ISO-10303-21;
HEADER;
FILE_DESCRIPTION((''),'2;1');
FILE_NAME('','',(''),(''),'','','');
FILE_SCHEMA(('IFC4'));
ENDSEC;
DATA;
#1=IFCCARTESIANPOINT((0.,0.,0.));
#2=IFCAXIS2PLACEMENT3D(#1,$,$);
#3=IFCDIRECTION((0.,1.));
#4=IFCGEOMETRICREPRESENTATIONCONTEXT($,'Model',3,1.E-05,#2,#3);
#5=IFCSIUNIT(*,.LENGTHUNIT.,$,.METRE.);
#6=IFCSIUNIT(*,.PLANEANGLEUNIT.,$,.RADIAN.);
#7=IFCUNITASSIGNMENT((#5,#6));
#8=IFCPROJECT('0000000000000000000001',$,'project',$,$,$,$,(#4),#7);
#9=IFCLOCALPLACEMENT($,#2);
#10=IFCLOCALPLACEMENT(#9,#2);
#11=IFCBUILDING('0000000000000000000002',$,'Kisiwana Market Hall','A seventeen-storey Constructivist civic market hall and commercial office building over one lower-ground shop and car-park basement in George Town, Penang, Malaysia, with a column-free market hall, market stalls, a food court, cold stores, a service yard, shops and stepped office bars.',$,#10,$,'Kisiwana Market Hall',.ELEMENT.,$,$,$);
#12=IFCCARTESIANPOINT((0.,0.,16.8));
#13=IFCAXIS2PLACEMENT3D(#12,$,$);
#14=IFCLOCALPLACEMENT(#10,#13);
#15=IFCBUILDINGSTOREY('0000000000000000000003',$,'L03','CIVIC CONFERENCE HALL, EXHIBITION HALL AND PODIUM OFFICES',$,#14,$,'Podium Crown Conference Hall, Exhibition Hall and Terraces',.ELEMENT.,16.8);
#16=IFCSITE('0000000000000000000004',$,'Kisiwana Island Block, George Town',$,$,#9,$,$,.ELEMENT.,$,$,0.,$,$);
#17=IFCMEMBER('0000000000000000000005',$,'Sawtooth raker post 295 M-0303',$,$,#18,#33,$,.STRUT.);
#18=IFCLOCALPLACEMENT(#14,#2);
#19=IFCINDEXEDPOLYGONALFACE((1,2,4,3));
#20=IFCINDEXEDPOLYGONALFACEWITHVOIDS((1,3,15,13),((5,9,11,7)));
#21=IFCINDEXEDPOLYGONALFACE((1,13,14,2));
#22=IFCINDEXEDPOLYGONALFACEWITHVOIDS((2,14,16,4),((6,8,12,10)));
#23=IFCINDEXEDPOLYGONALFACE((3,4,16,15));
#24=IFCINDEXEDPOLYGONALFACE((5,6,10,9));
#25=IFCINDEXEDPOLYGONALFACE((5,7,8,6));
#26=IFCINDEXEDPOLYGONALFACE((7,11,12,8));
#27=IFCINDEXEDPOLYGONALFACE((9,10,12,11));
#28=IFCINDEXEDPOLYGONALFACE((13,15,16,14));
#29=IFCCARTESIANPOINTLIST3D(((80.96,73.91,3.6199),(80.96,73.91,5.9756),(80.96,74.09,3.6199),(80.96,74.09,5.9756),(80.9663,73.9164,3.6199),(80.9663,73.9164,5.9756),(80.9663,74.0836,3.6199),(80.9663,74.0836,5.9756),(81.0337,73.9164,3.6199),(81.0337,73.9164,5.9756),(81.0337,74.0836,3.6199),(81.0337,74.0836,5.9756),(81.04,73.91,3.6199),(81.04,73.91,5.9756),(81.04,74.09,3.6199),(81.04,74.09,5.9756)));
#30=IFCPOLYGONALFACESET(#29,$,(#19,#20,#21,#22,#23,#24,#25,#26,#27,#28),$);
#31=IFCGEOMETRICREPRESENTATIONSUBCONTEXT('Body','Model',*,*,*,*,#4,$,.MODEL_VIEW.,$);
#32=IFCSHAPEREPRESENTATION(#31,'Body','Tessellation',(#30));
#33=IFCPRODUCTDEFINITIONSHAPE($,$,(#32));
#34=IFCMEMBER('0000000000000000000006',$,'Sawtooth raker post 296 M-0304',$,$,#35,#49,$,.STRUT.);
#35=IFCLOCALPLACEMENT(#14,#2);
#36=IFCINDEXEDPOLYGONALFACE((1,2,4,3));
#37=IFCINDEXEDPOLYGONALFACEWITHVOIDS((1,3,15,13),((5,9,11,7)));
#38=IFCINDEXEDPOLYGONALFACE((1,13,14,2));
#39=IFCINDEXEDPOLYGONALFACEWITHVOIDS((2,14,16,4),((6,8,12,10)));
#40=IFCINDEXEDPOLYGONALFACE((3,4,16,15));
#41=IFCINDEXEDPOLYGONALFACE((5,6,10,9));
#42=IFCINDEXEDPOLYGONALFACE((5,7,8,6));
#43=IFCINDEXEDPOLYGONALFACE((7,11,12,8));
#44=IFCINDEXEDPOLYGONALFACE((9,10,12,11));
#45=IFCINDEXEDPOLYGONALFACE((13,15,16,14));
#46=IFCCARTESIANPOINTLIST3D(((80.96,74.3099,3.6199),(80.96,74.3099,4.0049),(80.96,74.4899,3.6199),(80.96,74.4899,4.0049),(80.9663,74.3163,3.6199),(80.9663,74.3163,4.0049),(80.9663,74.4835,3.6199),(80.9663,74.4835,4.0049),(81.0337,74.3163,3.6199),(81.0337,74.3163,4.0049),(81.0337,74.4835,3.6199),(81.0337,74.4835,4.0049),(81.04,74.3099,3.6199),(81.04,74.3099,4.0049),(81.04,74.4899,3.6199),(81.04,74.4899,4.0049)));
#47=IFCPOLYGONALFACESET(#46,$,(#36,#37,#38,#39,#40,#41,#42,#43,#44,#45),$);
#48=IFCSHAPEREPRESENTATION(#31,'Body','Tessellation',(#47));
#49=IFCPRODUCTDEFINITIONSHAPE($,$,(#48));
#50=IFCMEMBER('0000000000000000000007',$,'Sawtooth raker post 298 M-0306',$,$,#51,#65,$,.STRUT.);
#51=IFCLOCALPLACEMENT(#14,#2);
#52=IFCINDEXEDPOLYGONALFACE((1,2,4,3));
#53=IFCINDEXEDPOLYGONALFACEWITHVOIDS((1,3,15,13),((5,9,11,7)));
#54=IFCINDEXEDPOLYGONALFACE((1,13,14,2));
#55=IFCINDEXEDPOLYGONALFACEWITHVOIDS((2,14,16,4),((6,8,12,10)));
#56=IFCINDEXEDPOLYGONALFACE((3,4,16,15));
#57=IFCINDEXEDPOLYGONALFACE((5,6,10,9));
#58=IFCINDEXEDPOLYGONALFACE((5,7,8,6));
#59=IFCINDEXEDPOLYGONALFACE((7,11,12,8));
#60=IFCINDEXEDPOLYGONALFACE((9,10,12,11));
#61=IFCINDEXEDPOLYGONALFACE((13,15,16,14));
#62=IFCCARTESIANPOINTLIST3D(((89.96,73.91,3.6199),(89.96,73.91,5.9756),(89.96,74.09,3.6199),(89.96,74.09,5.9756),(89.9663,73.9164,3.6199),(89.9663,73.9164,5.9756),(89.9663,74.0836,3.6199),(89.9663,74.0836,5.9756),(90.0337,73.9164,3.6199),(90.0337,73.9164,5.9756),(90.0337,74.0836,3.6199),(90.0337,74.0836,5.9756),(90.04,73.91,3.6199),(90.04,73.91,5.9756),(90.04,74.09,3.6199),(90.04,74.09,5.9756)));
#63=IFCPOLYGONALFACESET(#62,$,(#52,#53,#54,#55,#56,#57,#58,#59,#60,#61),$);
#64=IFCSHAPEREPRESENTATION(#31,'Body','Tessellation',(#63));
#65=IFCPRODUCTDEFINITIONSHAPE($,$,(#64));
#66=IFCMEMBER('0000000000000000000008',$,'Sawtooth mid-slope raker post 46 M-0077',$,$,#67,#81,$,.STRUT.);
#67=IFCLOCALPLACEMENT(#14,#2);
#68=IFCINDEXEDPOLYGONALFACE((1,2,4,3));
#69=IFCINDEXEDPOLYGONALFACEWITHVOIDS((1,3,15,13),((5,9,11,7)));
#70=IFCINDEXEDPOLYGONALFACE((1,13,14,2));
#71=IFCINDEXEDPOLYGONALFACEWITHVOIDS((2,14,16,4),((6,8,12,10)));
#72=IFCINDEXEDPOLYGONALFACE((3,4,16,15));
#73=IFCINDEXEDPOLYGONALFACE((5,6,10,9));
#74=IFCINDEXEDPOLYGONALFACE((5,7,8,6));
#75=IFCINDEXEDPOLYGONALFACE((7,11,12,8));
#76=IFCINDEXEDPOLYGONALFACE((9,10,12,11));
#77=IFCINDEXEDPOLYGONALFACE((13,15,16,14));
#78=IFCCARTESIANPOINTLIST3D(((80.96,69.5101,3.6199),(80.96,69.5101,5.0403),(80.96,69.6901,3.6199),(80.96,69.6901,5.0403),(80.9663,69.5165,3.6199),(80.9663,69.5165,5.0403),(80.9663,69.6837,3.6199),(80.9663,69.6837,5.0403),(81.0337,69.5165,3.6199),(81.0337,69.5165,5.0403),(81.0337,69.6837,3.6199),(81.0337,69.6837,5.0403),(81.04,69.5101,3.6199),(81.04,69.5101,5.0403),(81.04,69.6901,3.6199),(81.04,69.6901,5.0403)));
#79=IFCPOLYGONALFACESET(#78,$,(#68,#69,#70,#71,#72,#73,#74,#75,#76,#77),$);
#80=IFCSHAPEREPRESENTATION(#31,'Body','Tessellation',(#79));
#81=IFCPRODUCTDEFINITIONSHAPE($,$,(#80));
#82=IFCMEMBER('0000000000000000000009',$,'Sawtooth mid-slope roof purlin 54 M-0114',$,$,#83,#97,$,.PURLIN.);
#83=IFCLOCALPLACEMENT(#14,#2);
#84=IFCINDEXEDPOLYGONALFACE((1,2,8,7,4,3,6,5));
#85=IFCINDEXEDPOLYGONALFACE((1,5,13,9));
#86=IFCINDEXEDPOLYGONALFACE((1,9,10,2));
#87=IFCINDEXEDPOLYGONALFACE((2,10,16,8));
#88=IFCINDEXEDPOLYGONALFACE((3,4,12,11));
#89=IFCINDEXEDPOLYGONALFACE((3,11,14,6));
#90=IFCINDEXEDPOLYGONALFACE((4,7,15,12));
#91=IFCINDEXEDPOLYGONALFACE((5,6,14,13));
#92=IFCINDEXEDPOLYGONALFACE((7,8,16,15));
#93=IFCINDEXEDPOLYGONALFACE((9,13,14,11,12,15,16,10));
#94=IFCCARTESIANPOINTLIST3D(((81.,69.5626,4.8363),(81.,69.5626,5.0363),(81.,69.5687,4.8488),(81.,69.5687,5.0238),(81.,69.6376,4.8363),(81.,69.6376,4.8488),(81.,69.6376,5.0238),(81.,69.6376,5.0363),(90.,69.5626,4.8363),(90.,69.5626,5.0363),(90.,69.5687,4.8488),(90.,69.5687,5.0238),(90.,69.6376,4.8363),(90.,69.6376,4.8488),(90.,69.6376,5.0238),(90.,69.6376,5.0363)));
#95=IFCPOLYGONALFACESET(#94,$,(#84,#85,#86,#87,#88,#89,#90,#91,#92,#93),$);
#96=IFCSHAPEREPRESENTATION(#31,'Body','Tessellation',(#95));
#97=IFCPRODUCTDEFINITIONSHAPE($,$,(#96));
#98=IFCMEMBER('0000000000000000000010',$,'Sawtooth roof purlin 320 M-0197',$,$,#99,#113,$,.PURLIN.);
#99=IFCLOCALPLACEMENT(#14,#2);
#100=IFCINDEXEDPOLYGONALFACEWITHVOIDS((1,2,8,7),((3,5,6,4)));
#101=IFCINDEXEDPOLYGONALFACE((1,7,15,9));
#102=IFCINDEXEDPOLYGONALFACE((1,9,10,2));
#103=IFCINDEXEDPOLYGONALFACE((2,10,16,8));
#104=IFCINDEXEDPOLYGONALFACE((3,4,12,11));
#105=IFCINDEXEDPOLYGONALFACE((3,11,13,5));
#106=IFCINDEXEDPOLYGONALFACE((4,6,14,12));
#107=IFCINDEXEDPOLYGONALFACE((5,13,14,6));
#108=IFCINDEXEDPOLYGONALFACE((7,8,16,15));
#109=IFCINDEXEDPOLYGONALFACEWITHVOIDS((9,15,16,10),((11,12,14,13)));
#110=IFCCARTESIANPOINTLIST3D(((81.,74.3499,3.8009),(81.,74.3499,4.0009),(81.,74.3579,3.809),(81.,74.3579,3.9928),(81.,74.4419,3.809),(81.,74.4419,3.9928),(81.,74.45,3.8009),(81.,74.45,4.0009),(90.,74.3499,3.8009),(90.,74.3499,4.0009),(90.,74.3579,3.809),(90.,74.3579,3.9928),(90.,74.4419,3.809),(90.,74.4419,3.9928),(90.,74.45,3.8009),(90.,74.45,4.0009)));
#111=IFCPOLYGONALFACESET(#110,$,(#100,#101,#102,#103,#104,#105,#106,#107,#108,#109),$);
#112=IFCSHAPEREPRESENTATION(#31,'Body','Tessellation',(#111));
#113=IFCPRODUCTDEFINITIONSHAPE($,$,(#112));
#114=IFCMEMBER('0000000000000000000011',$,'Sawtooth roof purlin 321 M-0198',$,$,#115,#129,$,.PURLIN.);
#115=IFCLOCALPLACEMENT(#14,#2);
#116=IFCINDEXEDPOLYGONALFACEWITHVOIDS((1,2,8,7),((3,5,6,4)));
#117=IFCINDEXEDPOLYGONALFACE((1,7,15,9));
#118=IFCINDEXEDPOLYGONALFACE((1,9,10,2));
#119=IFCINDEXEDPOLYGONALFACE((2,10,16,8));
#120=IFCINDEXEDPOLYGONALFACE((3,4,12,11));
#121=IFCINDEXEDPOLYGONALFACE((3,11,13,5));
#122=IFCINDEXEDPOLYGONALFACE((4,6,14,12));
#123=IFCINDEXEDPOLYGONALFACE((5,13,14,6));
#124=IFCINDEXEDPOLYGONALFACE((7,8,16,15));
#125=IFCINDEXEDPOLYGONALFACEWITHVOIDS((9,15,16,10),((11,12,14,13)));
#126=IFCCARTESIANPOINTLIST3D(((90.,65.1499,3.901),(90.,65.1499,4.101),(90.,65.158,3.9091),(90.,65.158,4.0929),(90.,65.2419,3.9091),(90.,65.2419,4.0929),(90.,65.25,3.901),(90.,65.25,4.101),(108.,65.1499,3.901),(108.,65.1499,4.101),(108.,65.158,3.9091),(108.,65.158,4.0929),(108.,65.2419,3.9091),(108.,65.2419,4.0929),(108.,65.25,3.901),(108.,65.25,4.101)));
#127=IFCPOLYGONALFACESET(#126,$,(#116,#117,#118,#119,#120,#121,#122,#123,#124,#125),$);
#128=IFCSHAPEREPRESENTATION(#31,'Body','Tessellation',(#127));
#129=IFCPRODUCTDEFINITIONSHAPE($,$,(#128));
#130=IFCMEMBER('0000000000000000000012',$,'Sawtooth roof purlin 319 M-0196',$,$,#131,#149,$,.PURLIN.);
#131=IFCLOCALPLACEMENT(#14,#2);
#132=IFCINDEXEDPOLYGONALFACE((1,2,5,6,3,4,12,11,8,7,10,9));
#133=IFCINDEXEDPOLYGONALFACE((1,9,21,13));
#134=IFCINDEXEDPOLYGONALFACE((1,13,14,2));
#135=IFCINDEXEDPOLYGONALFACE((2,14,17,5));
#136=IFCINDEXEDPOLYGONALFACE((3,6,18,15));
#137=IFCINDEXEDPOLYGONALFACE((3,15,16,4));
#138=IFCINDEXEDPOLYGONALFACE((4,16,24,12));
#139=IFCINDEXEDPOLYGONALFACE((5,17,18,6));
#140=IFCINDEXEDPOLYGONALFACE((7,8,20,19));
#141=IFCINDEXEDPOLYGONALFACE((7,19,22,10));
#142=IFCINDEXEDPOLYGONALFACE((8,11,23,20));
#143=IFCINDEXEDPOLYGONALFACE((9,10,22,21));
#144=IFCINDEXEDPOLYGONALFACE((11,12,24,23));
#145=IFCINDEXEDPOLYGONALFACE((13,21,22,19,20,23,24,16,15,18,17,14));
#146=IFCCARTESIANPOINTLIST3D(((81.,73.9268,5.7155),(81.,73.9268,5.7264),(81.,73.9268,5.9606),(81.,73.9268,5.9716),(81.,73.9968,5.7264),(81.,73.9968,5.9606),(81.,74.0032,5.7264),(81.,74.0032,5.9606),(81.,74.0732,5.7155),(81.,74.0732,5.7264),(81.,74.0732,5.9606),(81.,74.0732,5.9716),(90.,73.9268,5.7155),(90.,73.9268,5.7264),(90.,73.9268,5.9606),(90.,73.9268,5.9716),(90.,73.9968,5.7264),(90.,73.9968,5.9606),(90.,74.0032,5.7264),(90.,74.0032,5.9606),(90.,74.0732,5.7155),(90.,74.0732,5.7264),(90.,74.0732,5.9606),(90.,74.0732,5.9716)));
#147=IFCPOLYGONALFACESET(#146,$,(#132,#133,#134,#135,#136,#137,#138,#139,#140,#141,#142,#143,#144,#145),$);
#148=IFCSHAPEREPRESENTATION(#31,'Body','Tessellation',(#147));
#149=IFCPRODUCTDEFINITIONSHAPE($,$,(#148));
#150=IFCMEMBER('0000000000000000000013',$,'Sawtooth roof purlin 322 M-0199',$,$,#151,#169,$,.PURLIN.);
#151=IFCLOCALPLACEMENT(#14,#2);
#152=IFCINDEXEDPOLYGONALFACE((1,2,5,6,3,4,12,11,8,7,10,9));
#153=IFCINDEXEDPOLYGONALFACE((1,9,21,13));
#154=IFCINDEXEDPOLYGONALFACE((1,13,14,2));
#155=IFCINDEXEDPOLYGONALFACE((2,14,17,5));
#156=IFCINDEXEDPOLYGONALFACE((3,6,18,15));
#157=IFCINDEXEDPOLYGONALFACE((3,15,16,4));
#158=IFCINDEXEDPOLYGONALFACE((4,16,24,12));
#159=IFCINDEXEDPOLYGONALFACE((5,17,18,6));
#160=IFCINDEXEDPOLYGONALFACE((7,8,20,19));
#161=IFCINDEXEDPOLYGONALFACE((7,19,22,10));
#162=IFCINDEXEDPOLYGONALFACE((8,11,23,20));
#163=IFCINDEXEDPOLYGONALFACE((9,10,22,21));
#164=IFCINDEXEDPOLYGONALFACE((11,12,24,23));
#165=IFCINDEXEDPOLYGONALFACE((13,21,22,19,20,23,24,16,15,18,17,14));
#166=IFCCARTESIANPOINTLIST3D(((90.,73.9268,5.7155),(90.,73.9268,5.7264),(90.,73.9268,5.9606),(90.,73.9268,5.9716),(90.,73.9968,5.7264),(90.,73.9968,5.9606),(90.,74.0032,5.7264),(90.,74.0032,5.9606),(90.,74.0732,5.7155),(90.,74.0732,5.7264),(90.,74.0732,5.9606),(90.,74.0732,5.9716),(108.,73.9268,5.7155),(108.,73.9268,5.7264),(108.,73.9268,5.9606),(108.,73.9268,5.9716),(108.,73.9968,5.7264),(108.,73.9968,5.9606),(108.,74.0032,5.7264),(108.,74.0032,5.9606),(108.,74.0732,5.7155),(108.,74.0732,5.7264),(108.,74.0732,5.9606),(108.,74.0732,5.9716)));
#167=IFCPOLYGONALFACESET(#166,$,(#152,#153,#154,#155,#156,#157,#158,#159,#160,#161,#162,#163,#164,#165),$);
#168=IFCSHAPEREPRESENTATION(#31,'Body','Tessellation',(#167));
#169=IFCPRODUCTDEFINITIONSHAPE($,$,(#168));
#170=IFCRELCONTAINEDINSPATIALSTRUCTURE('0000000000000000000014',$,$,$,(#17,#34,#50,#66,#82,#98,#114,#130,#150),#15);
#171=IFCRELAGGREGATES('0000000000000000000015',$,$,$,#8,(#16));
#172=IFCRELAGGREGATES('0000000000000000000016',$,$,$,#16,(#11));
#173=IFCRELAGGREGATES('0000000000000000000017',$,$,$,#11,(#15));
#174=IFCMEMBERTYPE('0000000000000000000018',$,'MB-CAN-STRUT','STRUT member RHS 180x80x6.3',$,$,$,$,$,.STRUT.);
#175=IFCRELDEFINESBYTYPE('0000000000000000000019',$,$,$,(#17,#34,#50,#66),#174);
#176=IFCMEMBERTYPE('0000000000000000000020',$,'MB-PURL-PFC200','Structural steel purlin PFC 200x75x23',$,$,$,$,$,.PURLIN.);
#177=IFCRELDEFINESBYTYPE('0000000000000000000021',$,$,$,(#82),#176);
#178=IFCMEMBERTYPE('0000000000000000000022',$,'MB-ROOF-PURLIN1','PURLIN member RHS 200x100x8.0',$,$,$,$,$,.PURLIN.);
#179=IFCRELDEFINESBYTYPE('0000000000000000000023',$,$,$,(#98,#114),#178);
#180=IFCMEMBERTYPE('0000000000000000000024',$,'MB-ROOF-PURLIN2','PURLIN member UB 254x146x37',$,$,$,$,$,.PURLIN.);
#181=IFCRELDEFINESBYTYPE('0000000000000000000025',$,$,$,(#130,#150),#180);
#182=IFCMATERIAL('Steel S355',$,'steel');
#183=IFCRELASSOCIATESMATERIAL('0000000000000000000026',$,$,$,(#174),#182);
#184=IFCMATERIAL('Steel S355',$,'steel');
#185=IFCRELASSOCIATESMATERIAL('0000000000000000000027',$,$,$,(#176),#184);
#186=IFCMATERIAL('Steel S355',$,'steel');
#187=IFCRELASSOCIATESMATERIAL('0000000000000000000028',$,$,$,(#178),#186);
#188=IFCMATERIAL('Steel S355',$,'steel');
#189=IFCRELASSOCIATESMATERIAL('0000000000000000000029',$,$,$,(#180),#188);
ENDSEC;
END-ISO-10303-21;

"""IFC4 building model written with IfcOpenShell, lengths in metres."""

from ifc_helpers import new_model, si_unit, direction, frame, origin, origin_2d, place, context, subcontext, project, spatial, hollow_rectangle, i_section, u_section, extrude, material, material_profile, profile_set, type_object, element, save


model = new_model("IFC4")

# Units and contexts
model_context = context("Model", 3, precision=1e-05, world=origin(), true_north=direction((0.0, 1.0)))
body_context = subcontext(model_context, "Body", "Model", "MODEL_VIEW")
ifc_project = project(units=[si_unit("LENGTHUNIT", "METRE"), si_unit("PLANEANGLEUNIT", "RADIAN")], contexts=[model_context])

# Site, building, storey
site_placement = place(None, origin())
site = spatial("IfcSite", under=ifc_project, at=site_placement, Name="Kisiwana Island Block, George Town", CompositionType="ELEMENT", RefElevation=0.0)
building_placement = place(site_placement, origin())
building = spatial("IfcBuilding", under=site, at=building_placement, Name="Kisiwana Market Hall", Description="A seventeen-storey Constructivist civic market hall and commercial office building over one lower-ground shop and car-park basement in George Town, Penang, Malaysia, with a column-free market hall, market stalls, a food court, cold stores, a service yard, shops and stepped office bars.", LongName="Kisiwana Market Hall", CompositionType="ELEMENT")
storey_placement = place(building_placement, frame((0.0, 0.0, 16.8)))
storey = spatial("IfcBuildingStorey", under=building, at=storey_placement, Name="L03", Description="CIVIC CONFERENCE HALL, EXHIBITION HALL AND PODIUM OFFICES", LongName="Podium Crown Conference Hall, Exhibition Hall and Terraces", CompositionType="ELEMENT", Elevation=16.8)

# Members
ifc_material_1 = material(Name="Steel S355", Category="steel")
ifc_material_profile_1 = material_profile(ifc_material_1, hollow_rectangle(XDim=0.0801, YDim=0.1799, WallThickness=0.0063, at=origin_2d()), Name="RHS 180x80x6.3")
ifc_profile_set_1 = profile_set([ifc_material_profile_1], Name="Steel S355")
member_type_1 = type_object("IfcMemberType", Name="MB-CAN-STRUT", Description="STRUT member RHS 180x80x6.3", PredefinedType="STRUT", material=ifc_profile_set_1)
member_1_placement = place(storey_placement, frame((81.0, 74.0, 3.6199), z_axis=(0.0, 0.0, 1.0), x_axis=(1.0, 0.0, 0.0)))
element("IfcMember", 1, at=member_1_placement, inside=storey, type_object=member_type_1, Name="Sawtooth raker post 295 M-0303", PredefinedType="STRUT", context=body_context, shape_type="SweptSolid", body=[
    extrude(hollow_rectangle(XDim=0.0801, YDim=0.1799, WallThickness=0.0063, at=origin_2d()), origin(), (0.0, 0.0, 1.0), 2.3557),
])
member_2_placement = place(storey_placement, frame((81.0, 74.3999, 3.6199), z_axis=(0.0, 0.0, 1.0), x_axis=(1.0, 0.0, 0.0)))
element("IfcMember", 2, at=member_2_placement, inside=storey, type_object=member_type_1, Name="Sawtooth raker post 296 M-0304", PredefinedType="STRUT", context=body_context, shape_type="SweptSolid", body=[
    extrude(hollow_rectangle(XDim=0.0801, YDim=0.1799, WallThickness=0.0063, at=origin_2d()), origin(), (0.0, 0.0, 1.0), 0.385),
])
member_3_placement = place(storey_placement, frame((90.0, 74.0, 3.6199), z_axis=(0.0, 0.0, 1.0), x_axis=(1.0, 0.0, 0.0)))
element("IfcMember", 3, at=member_3_placement, inside=storey, type_object=member_type_1, Name="Sawtooth raker post 298 M-0306", PredefinedType="STRUT", context=body_context, shape_type="SweptSolid", body=[
    extrude(hollow_rectangle(XDim=0.0801, YDim=0.1799, WallThickness=0.0063, at=origin_2d()), origin(), (0.0, 0.0, 1.0), 2.3557),
])
member_4_placement = place(storey_placement, frame((81.0, 69.6001, 3.6199), z_axis=(0.0, 0.0, 1.0), x_axis=(1.0, 0.0, 0.0)))
element("IfcMember", 4, at=member_4_placement, inside=storey, type_object=member_type_1, Name="Sawtooth mid-slope raker post 46 M-0077", PredefinedType="STRUT", context=body_context, shape_type="SweptSolid", body=[
    extrude(hollow_rectangle(XDim=0.0801, YDim=0.1799, WallThickness=0.0063, at=origin_2d()), origin(), (0.0, 0.0, 1.0), 1.4204),
])
ifc_material_2 = material(Name="Steel S355", Category="steel")
ifc_material_profile_2 = material_profile(ifc_material_2, u_section(Depth=0.2, FlangeWidth=0.075, WebThickness=0.0061, FlangeThickness=0.0125, at=origin_2d()), Name="PFC 200x75x23")
ifc_profile_set_2 = profile_set([ifc_material_profile_2], Name="Steel S355")
member_type_2 = type_object("IfcMemberType", Name="MB-PURL-PFC200", Description="Structural steel purlin PFC 200x75x23", PredefinedType="PURLIN", material=ifc_profile_set_2)
member_5_placement = place(storey_placement, frame((81.0, 69.6001, 4.9363), z_axis=(1.0, 0.0, 0.0), x_axis=(0.0, 1.0, 0.0)))
element("IfcMember", 5, at=member_5_placement, inside=storey, type_object=member_type_2, Name="Sawtooth mid-slope roof purlin 54 M-0114", PredefinedType="PURLIN", context=body_context, shape_type="SweptSolid", body=[
    extrude(u_section(Depth=0.2, FlangeWidth=0.075, WebThickness=0.0061, FlangeThickness=0.0125, at=origin_2d()), origin(), (0.0, 0.0, 1.0), 9.0),
])
ifc_material_3 = material(Name="Steel S355", Category="steel")
ifc_material_profile_3 = material_profile(ifc_material_3, hollow_rectangle(XDim=0.1001, YDim=0.2, WallThickness=0.0081, at=origin_2d()), Name="RHS 200x100x8.0")
ifc_profile_set_3 = profile_set([ifc_material_profile_3], Name="Steel S355")
member_type_3 = type_object("IfcMemberType", Name="MB-ROOF-PURLIN1", Description="PURLIN member RHS 200x100x8.0", PredefinedType="PURLIN", material=ifc_profile_set_3)
member_6_placement = place(storey_placement, frame((81.0, 74.3999, 3.9009), z_axis=(1.0, 0.0, 0.0), x_axis=(0.0, 1.0, 0.0)))
element("IfcMember", 6, at=member_6_placement, inside=storey, type_object=member_type_3, Name="Sawtooth roof purlin 320 M-0197", PredefinedType="PURLIN", context=body_context, shape_type="SweptSolid", body=[
    extrude(hollow_rectangle(XDim=0.1001, YDim=0.2, WallThickness=0.0081, at=origin_2d()), origin(), (0.0, 0.0, 1.0), 9.0),
])
member_7_placement = place(storey_placement, frame((90.0, 65.2, 4.001), z_axis=(1.0, 0.0, 0.0), x_axis=(0.0, 1.0, 0.0)))
element("IfcMember", 7, at=member_7_placement, inside=storey, type_object=member_type_3, Name="Sawtooth roof purlin 321 M-0198", PredefinedType="PURLIN", context=body_context, shape_type="SweptSolid", body=[
    extrude(hollow_rectangle(XDim=0.1001, YDim=0.2, WallThickness=0.0081, at=origin_2d()), origin(), (0.0, 0.0, 1.0), 18.0),
])
ifc_material_4 = material(Name="Steel S355", Category="steel")
ifc_material_profile_4 = material_profile(ifc_material_4, i_section(OverallWidth=0.1465, OverallDepth=0.2561, WebThickness=0.0063, FlangeThickness=0.011, at=origin_2d()), Name="UB 254x146x37")
ifc_profile_set_4 = profile_set([ifc_material_profile_4], Name="Steel S355")
member_type_4 = type_object("IfcMemberType", Name="MB-ROOF-PURLIN2", Description="PURLIN member UB 254x146x37", PredefinedType="PURLIN", material=ifc_profile_set_4)
member_8_placement = place(storey_placement, frame((81.0, 74.0, 5.8435), z_axis=(1.0, 0.0, 0.0), x_axis=(0.0, 1.0, 0.0)))
element("IfcMember", 8, at=member_8_placement, inside=storey, type_object=member_type_4, Name="Sawtooth roof purlin 319 M-0196", PredefinedType="PURLIN", context=body_context, shape_type="SweptSolid", body=[
    extrude(i_section(OverallWidth=0.1465, OverallDepth=0.2561, WebThickness=0.0063, FlangeThickness=0.011, at=origin_2d()), origin(), (0.0, 0.0, 1.0), 9.0),
])
member_9_placement = place(storey_placement, frame((90.0, 74.0, 5.8435), z_axis=(1.0, 0.0, 0.0), x_axis=(0.0, 1.0, 0.0)))
element("IfcMember", 9, at=member_9_placement, inside=storey, type_object=member_type_4, Name="Sawtooth roof purlin 322 M-0199", PredefinedType="PURLIN", context=body_context, shape_type="SweptSolid", body=[
    extrude(i_section(OverallWidth=0.1465, OverallDepth=0.2561, WebThickness=0.0063, FlangeThickness=0.011, at=origin_2d()), origin(), (0.0, 0.0, 1.0), 18.0),
])

save(model, "model.ifc")
